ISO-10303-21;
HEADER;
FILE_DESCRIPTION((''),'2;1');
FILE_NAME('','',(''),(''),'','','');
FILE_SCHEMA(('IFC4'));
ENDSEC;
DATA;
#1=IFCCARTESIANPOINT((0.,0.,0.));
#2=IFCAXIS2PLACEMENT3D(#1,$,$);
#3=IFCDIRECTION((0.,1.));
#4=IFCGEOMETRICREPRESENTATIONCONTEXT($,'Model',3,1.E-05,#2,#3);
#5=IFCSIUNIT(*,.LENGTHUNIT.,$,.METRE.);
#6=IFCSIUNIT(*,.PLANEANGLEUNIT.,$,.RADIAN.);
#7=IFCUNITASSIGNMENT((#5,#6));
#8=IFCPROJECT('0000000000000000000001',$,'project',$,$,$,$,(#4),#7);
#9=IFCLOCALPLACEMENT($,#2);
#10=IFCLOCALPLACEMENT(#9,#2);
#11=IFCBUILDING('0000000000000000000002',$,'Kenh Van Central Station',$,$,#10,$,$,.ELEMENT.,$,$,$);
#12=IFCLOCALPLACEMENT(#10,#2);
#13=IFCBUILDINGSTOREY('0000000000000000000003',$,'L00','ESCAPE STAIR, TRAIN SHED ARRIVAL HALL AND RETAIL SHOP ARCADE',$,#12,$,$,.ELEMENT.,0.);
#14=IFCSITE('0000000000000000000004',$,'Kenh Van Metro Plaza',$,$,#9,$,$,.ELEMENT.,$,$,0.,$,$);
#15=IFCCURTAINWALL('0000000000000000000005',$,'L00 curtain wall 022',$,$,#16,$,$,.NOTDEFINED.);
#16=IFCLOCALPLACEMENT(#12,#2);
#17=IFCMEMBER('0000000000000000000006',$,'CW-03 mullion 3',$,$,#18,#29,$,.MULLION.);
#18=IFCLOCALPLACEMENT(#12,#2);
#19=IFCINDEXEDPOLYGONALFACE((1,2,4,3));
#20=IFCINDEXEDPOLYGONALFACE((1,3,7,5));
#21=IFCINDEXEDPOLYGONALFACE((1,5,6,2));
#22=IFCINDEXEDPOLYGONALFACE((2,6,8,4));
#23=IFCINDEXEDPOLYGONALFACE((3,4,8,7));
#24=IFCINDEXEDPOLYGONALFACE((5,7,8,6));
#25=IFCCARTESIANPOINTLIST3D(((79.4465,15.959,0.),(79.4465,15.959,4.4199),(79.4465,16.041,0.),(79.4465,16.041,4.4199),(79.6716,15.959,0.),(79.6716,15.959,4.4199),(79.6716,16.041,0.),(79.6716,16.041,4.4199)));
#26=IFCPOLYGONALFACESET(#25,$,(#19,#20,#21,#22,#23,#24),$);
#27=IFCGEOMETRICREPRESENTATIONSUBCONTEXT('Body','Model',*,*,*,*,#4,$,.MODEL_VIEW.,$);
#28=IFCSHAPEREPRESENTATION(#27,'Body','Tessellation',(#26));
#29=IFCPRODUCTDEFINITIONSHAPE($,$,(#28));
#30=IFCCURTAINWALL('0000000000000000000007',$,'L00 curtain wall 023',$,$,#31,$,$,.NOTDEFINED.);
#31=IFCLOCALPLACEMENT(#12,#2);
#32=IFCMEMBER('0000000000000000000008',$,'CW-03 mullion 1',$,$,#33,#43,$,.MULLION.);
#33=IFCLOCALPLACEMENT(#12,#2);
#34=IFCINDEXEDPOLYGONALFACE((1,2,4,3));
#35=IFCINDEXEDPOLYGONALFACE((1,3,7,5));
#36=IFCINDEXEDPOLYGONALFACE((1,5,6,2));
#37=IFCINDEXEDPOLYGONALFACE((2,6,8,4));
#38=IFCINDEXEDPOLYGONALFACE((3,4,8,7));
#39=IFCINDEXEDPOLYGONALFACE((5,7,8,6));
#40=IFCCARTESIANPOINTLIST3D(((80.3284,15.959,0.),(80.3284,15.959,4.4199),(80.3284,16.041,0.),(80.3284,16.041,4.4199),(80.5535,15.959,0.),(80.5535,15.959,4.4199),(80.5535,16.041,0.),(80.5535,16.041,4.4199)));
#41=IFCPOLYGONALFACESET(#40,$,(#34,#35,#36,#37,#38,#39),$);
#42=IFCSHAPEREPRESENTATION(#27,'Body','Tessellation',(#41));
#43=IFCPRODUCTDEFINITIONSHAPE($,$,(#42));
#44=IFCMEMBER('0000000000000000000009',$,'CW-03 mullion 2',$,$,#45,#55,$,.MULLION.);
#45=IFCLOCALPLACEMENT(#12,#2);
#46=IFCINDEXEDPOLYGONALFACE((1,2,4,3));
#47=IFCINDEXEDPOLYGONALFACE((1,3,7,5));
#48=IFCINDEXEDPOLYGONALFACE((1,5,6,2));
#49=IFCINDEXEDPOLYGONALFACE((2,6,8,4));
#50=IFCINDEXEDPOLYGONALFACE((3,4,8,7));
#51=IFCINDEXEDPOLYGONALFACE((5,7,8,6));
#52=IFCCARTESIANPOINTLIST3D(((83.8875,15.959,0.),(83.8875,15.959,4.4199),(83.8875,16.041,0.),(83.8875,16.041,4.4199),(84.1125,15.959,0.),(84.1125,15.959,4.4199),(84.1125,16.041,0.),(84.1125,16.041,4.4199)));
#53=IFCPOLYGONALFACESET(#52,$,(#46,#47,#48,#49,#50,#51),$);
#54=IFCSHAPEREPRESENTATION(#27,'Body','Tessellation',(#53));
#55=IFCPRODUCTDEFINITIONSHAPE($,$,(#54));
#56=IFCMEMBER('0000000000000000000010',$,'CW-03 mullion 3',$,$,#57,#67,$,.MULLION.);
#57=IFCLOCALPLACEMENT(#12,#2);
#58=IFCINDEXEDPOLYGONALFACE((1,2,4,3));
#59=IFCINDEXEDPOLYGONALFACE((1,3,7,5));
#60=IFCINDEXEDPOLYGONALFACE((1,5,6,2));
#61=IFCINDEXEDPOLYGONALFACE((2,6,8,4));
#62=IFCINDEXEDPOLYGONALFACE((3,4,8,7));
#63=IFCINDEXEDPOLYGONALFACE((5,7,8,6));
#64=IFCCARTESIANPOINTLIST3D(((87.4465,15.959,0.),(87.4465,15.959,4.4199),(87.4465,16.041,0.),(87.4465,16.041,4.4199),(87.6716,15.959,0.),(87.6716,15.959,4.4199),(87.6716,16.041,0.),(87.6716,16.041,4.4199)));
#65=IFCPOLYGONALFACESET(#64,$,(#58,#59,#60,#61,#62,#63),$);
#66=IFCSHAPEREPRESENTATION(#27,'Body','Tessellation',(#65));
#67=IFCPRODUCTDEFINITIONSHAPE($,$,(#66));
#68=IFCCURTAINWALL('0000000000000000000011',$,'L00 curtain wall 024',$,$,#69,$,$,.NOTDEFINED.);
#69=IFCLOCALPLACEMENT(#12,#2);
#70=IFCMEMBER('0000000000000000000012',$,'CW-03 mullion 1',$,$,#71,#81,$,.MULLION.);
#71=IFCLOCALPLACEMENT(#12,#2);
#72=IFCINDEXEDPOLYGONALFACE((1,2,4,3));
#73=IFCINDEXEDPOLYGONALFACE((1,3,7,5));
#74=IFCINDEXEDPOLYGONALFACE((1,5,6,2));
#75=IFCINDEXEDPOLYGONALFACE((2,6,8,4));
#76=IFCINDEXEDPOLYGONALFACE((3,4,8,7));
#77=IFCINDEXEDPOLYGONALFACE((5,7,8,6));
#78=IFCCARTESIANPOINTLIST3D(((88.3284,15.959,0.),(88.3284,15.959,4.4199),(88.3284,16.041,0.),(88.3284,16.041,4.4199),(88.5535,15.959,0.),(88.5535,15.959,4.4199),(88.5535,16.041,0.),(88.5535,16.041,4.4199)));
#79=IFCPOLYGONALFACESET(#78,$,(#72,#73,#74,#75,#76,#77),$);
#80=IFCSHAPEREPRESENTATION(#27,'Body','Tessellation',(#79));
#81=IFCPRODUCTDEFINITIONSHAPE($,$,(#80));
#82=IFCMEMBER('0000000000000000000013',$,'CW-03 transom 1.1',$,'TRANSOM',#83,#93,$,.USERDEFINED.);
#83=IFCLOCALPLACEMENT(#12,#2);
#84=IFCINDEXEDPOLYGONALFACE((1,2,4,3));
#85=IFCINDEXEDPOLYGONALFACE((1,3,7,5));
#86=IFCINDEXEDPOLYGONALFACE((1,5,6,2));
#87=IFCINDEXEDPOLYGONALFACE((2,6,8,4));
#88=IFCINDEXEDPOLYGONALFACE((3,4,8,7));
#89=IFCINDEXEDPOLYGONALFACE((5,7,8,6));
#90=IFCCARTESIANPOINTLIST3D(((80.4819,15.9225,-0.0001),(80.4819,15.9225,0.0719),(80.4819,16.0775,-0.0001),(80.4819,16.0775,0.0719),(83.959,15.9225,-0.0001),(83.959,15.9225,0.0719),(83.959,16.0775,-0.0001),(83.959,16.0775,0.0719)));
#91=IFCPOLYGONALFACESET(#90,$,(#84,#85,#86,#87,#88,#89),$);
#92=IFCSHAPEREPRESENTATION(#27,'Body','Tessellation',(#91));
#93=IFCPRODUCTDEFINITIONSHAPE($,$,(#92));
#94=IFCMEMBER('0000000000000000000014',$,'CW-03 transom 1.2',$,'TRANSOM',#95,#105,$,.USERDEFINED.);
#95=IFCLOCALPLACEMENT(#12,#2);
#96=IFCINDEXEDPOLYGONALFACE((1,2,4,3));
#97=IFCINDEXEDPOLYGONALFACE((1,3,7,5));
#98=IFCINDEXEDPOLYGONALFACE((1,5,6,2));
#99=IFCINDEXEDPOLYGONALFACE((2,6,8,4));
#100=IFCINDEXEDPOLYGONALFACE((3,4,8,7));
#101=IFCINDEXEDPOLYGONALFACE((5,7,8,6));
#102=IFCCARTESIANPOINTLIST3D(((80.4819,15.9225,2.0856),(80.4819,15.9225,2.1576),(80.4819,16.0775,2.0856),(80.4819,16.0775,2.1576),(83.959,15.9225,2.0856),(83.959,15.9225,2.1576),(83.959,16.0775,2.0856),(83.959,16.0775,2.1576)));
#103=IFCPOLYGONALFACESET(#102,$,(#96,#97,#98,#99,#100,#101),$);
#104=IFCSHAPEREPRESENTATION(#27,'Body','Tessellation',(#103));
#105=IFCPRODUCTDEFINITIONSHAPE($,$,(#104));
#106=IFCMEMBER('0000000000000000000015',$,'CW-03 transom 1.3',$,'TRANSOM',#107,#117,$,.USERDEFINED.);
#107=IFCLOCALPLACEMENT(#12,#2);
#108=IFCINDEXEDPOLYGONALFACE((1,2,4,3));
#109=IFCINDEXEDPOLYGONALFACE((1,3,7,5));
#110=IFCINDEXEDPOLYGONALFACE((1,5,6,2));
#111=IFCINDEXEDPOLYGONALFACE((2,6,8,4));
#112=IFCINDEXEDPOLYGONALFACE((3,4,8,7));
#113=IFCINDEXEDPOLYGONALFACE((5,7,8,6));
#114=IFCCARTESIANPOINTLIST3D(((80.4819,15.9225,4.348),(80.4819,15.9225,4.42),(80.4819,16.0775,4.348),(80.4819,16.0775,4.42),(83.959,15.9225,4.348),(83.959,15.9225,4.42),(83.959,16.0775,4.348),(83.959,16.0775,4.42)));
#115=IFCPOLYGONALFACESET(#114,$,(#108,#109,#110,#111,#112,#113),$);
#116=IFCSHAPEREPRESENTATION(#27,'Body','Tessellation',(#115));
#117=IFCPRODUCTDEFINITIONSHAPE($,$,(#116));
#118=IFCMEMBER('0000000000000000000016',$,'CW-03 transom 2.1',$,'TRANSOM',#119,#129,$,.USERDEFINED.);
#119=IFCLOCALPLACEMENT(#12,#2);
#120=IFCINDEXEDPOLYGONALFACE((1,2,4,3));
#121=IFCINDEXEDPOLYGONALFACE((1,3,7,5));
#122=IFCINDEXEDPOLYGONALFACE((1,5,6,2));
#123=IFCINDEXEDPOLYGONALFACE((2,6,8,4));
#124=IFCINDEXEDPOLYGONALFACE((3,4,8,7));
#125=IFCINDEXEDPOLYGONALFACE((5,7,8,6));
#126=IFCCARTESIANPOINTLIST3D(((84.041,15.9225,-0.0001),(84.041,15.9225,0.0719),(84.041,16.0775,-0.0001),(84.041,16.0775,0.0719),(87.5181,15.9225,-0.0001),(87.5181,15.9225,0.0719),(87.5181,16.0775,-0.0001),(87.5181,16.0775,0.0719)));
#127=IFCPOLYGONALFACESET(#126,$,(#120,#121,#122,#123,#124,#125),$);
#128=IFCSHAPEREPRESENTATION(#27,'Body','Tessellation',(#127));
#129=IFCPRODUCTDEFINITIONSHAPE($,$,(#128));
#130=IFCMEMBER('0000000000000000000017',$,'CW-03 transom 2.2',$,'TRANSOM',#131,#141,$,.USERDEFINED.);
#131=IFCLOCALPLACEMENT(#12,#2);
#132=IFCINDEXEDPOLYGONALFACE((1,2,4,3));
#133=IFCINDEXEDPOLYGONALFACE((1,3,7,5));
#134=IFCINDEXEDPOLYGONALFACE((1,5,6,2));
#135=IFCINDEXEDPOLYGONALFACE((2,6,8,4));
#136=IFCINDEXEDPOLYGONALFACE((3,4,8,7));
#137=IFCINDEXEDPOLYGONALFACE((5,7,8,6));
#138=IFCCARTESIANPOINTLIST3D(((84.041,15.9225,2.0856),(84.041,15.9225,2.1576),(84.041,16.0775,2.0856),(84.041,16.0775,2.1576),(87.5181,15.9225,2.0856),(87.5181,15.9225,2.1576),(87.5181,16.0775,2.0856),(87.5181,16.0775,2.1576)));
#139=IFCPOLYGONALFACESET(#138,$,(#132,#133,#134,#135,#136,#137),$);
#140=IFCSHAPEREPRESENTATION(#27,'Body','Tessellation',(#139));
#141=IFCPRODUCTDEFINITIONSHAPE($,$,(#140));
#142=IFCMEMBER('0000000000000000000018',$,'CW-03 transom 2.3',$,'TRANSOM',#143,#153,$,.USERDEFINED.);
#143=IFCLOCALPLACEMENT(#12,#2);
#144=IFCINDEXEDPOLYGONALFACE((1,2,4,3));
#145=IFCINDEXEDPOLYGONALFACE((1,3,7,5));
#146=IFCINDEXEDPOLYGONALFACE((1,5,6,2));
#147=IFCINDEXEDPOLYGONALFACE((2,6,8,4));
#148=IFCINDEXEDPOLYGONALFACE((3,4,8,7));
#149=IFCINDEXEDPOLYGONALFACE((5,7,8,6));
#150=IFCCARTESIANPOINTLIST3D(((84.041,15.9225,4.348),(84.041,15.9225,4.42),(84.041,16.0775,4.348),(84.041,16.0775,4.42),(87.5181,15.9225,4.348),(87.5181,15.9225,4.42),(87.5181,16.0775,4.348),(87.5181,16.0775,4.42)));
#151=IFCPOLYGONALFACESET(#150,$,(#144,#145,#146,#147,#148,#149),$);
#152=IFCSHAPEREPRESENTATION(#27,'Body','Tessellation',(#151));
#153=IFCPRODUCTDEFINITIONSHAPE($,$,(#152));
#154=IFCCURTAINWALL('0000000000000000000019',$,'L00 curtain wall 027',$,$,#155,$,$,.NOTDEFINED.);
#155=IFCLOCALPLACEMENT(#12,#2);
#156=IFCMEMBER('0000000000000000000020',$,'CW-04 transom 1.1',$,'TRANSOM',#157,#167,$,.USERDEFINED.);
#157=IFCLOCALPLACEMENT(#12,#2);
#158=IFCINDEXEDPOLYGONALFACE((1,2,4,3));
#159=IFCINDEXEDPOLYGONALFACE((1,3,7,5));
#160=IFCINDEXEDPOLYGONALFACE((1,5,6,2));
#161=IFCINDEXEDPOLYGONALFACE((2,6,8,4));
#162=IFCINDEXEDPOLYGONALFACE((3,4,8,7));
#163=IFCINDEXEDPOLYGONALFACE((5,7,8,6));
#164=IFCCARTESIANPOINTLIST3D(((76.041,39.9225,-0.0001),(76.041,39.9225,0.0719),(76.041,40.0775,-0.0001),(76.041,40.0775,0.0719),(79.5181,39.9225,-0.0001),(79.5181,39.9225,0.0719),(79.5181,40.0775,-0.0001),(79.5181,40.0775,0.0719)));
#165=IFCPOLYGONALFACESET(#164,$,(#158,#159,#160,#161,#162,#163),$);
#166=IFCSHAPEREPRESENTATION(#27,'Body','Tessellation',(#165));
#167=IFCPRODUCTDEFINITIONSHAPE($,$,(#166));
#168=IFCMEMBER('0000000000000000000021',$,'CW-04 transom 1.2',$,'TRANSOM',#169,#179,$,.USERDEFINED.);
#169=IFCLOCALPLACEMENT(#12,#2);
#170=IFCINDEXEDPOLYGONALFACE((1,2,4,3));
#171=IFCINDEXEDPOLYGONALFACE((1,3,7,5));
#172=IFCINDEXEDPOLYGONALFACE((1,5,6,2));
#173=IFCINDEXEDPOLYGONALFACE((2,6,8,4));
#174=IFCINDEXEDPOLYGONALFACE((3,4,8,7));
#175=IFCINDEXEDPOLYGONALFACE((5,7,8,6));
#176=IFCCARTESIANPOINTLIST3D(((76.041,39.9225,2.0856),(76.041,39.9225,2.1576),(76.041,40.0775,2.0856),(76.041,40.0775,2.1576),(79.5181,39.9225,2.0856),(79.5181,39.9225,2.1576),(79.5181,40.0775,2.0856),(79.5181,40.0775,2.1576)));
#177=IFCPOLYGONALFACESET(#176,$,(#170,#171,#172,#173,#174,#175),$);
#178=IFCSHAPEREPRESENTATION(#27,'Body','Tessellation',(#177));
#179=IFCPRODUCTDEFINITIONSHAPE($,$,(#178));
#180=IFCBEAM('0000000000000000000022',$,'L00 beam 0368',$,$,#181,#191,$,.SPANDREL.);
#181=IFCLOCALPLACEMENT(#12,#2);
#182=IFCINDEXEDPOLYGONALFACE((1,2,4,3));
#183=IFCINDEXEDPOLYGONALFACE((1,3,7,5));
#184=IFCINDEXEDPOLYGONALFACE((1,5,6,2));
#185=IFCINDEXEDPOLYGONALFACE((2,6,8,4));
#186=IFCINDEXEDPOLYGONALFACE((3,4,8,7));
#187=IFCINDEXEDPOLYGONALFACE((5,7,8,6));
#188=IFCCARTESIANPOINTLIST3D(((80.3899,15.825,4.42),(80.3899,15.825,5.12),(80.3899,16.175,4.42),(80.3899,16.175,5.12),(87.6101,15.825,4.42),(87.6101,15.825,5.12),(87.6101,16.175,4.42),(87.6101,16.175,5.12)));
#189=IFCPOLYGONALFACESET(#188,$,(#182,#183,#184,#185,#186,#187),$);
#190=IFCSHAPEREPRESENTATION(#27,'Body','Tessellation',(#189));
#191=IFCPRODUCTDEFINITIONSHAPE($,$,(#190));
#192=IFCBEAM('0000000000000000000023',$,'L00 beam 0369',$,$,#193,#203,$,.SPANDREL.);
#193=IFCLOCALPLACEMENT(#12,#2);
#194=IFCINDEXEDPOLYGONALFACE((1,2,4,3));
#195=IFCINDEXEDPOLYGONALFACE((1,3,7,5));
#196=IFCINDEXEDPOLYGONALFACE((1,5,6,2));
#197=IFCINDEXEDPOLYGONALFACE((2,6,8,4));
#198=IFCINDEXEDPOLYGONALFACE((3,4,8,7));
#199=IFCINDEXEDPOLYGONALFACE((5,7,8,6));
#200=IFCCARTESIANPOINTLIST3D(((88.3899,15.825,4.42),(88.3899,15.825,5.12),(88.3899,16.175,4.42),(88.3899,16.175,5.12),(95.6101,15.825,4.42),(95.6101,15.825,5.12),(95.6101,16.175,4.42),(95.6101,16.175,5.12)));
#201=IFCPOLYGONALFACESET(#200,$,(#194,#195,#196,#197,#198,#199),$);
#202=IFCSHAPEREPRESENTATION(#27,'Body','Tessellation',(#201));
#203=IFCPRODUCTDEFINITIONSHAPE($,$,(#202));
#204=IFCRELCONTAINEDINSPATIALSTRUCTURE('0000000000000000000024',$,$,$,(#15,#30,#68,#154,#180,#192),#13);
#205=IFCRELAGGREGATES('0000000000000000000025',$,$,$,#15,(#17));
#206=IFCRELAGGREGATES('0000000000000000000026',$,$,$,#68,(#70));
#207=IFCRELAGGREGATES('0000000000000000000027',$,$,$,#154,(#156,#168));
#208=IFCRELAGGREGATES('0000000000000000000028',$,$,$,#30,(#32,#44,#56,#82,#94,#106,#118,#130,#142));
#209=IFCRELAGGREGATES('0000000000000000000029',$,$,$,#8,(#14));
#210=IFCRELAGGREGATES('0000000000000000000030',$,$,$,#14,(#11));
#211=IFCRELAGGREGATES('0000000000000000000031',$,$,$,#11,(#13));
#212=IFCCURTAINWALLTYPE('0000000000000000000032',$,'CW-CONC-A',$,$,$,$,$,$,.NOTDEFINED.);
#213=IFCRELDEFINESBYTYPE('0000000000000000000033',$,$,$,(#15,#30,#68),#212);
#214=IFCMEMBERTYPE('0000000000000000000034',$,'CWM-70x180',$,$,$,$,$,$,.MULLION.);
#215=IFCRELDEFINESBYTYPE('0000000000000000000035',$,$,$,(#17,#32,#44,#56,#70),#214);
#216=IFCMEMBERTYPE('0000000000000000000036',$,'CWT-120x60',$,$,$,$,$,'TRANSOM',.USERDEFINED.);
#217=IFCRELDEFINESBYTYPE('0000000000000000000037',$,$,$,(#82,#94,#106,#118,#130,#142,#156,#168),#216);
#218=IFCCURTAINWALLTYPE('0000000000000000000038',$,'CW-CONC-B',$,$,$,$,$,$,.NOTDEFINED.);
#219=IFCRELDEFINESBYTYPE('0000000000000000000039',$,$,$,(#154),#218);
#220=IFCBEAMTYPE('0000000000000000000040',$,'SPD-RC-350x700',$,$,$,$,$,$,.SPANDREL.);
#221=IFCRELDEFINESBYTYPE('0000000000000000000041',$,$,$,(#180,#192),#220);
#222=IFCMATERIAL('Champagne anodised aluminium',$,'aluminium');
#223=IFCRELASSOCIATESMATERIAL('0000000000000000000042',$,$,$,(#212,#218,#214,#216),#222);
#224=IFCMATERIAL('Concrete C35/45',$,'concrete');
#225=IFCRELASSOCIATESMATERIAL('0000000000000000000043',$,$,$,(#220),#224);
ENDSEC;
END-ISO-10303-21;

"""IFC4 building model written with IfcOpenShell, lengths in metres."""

from ifc_helpers import new_model, si_unit, direction, frame, origin, origin_2d, place, context, subcontext, project, spatial, rectangle, extrude, material, material_profile, profile_set, type_object, element, aggregate, save


model = new_model("IFC4")

# Units and contexts
model_context = context("Model", 3, precision=1e-05, world=origin(), true_north=direction((0.0, 1.0)))
body_context = subcontext(model_context, "Body", "Model", "MODEL_VIEW")
ifc_project = project(units=[si_unit("LENGTHUNIT", "METRE"), si_unit("PLANEANGLEUNIT", "RADIAN")], contexts=[model_context])

# Site, building, storey
site_placement = place(None, origin())
site = spatial("IfcSite", under=ifc_project, at=site_placement, Name="Kenh Van Metro Plaza", CompositionType="ELEMENT", RefElevation=0.0)
building_placement = place(site_placement, origin())
building = spatial("IfcBuilding", under=site, at=building_placement, Name="Kenh Van Central Station", CompositionType="ELEMENT")
storey_placement = place(building_placement, origin())
storey = spatial("IfcBuildingStorey", under=building, at=storey_placement, Name="L00", Description="ESCAPE STAIR, TRAIN SHED ARRIVAL HALL AND RETAIL SHOP ARCADE", CompositionType="ELEMENT", Elevation=0.0)

# Curtain wall, member
ifc_material_1 = material(Name="Champagne anodised aluminium", Category="aluminium")
curtain_wall_type_1 = type_object("IfcCurtainWallType", Name="CW-CONC-A", PredefinedType="NOTDEFINED", material=ifc_material_1)
curtain_wall_1_placement = place(storey_placement, origin())
curtain_wall_1 = element("IfcCurtainWall", 1, at=curtain_wall_1_placement, inside=storey, type_object=curtain_wall_type_1, Name="L00 curtain wall 022", PredefinedType="NOTDEFINED")
ifc_material_profile_1 = material_profile(ifc_material_1, rectangle(XDim=0.082, YDim=0.2251, at=origin_2d()), Name="AL 82x225")
ifc_profile_set_1 = profile_set([ifc_material_profile_1], Name="Champagne anodised aluminium")
member_type_1 = type_object("IfcMemberType", Name="CWM-70x180", PredefinedType="MULLION", material=ifc_profile_set_1)
member_1_placement = place(storey_placement, frame((79.5591, 16.0, 0.0), z_axis=(0.0, 0.0, 1.0), x_axis=(0.0, 1.0, 0.0)))
member_1 = element("IfcMember", 2, at=member_1_placement, type_object=member_type_1, Name="CW-03 mullion 3", PredefinedType="MULLION", context=body_context, shape_type="SweptSolid", body=[
    extrude(rectangle(XDim=0.082, YDim=0.2251, at=origin_2d()), origin(), (0.0, 0.0, 1.0), 4.4199),
])
aggregate(curtain_wall_1, [member_1])

# Curtain wall, members
curtain_wall_2_placement = place(storey_placement, origin())
curtain_wall_2 = element("IfcCurtainWall", 3, at=curtain_wall_2_placement, inside=storey, type_object=curtain_wall_type_1, Name="L00 curtain wall 023", PredefinedType="NOTDEFINED")
member_2_placement = place(storey_placement, frame((80.4409, 16.0, 0.0), z_axis=(0.0, 0.0, 1.0), x_axis=(0.0, 1.0, 0.0)))
member_2 = element("IfcMember", 4, at=member_2_placement, type_object=member_type_1, Name="CW-03 mullion 1", PredefinedType="MULLION", context=body_context, shape_type="SweptSolid", body=[
    extrude(rectangle(XDim=0.082, YDim=0.2251, at=origin_2d()), origin(), (0.0, 0.0, 1.0), 4.4199),
])
member_3_placement = place(storey_placement, frame((84.0, 16.0, 0.0), z_axis=(0.0, 0.0, 1.0), x_axis=(0.0, 1.0, 0.0)))
member_3 = element("IfcMember", 5, at=member_3_placement, type_object=member_type_1, Name="CW-03 mullion 2", PredefinedType="MULLION", context=body_context, shape_type="SweptSolid", body=[
    extrude(rectangle(XDim=0.082, YDim=0.2251, at=origin_2d()), origin(), (0.0, 0.0, 1.0), 4.4199),
])
member_4_placement = place(storey_placement, frame((87.5591, 16.0, 0.0), z_axis=(0.0, 0.0, 1.0), x_axis=(0.0, 1.0, 0.0)))
member_4 = element("IfcMember", 6, at=member_4_placement, type_object=member_type_1, Name="CW-03 mullion 3", PredefinedType="MULLION", context=body_context, shape_type="SweptSolid", body=[
    extrude(rectangle(XDim=0.082, YDim=0.2251, at=origin_2d()), origin(), (0.0, 0.0, 1.0), 4.4199),
])

# Curtain wall, member
curtain_wall_3_placement = place(storey_placement, origin())
curtain_wall_3 = element("IfcCurtainWall", 7, at=curtain_wall_3_placement, inside=storey, type_object=curtain_wall_type_1, Name="L00 curtain wall 024", PredefinedType="NOTDEFINED")
member_5_placement = place(storey_placement, frame((88.4409, 16.0, 0.0), z_axis=(0.0, 0.0, 1.0), x_axis=(0.0, 1.0, 0.0)))
member_5 = element("IfcMember", 8, at=member_5_placement, type_object=member_type_1, Name="CW-03 mullion 1", PredefinedType="MULLION", context=body_context, shape_type="SweptSolid", body=[
    extrude(rectangle(XDim=0.082, YDim=0.2251, at=origin_2d()), origin(), (0.0, 0.0, 1.0), 4.4199),
])
aggregate(curtain_wall_3, [member_5])

# Members
ifc_material_profile_2 = material_profile(ifc_material_1, rectangle(XDim=0.155, YDim=0.072, at=origin_2d()), Name="AL 155x72")
ifc_profile_set_2 = profile_set([ifc_material_profile_2], Name="Champagne anodised aluminium")
member_type_2 = type_object("IfcMemberType", Name="CWT-120x60", ElementType="TRANSOM", PredefinedType="USERDEFINED", material=ifc_profile_set_2)
member_6_placement = place(storey_placement, frame((80.4819, 16.0, 0.0359), z_axis=(1.0, 0.0, 0.0), x_axis=(0.0, 1.0, 0.0)))
member_6 = element("IfcMember", 9, at=member_6_placement, type_object=member_type_2, Name="CW-03 transom 1.1", ObjectType="TRANSOM", PredefinedType="USERDEFINED", context=body_context, shape_type="SweptSolid", body=[
    extrude(rectangle(XDim=0.155, YDim=0.072, at=origin_2d()), origin(), (0.0, 0.0, 1.0), 3.4771),
])
member_7_placement = place(storey_placement, frame((80.4819, 16.0, 2.1216), z_axis=(1.0, 0.0, 0.0), x_axis=(0.0, 1.0, 0.0)))
member_7 = element("IfcMember", 10, at=member_7_placement, type_object=member_type_2, Name="CW-03 transom 1.2", ObjectType="TRANSOM", PredefinedType="USERDEFINED", context=body_context, shape_type="SweptSolid", body=[
    extrude(rectangle(XDim=0.155, YDim=0.072, at=origin_2d()), origin(), (0.0, 0.0, 1.0), 3.4771),
])
member_8_placement = place(storey_placement, frame((80.4819, 16.0, 4.384), z_axis=(1.0, 0.0, 0.0), x_axis=(0.0, 1.0, 0.0)))
member_8 = element("IfcMember", 11, at=member_8_placement, type_object=member_type_2, Name="CW-03 transom 1.3", ObjectType="TRANSOM", PredefinedType="USERDEFINED", context=body_context, shape_type="SweptSolid", body=[
    extrude(rectangle(XDim=0.155, YDim=0.072, at=origin_2d()), origin(), (0.0, 0.0, 1.0), 3.4771),
])
member_9_placement = place(storey_placement, frame((84.041, 16.0, 0.0359), z_axis=(1.0, 0.0, 0.0), x_axis=(0.0, 1.0, 0.0)))
member_9 = element("IfcMember", 12, at=member_9_placement, type_object=member_type_2, Name="CW-03 transom 2.1", ObjectType="TRANSOM", PredefinedType="USERDEFINED", context=body_context, shape_type="SweptSolid", body=[
    extrude(rectangle(XDim=0.155, YDim=0.072, at=origin_2d()), origin(), (0.0, 0.0, 1.0), 3.4771),
])
member_10_placement = place(storey_placement, frame((84.041, 16.0, 2.1216), z_axis=(1.0, 0.0, 0.0), x_axis=(0.0, 1.0, 0.0)))
member_10 = element("IfcMember", 13, at=member_10_placement, type_object=member_type_2, Name="CW-03 transom 2.2", ObjectType="TRANSOM", PredefinedType="USERDEFINED", context=body_context, shape_type="SweptSolid", body=[
    extrude(rectangle(XDim=0.155, YDim=0.072, at=origin_2d()), origin(), (0.0, 0.0, 1.0), 3.4771),
])
member_11_placement = place(storey_placement, frame((84.041, 16.0, 4.384), z_axis=(1.0, 0.0, 0.0), x_axis=(0.0, 1.0, 0.0)))
member_11 = element("IfcMember", 14, at=member_11_placement, type_object=member_type_2, Name="CW-03 transom 2.3", ObjectType="TRANSOM", PredefinedType="USERDEFINED", context=body_context, shape_type="SweptSolid", body=[
    extrude(rectangle(XDim=0.155, YDim=0.072, at=origin_2d()), origin(), (0.0, 0.0, 1.0), 3.4771),
])

# Curtain wall, members
curtain_wall_type_2 = type_object("IfcCurtainWallType", Name="CW-CONC-B", PredefinedType="NOTDEFINED", material=ifc_material_1)
curtain_wall_4_placement = place(storey_placement, origin())
curtain_wall_4 = element("IfcCurtainWall", 15, at=curtain_wall_4_placement, inside=storey, type_object=curtain_wall_type_2, Name="L00 curtain wall 027", PredefinedType="NOTDEFINED")
member_12_placement = place(storey_placement, frame((79.5181, 40.0, 0.0359), z_axis=(-1.0, 0.0, 0.0), x_axis=(0.0, -1.0, 0.0)))
member_12 = element("IfcMember", 16, at=member_12_placement, type_object=member_type_2, Name="CW-04 transom 1.1", ObjectType="TRANSOM", PredefinedType="USERDEFINED", context=body_context, shape_type="SweptSolid", body=[
    extrude(rectangle(XDim=0.155, YDim=0.072, at=origin_2d()), origin(), (0.0, 0.0, 1.0), 3.4771),
])
member_13_placement = place(storey_placement, frame((79.5181, 40.0, 2.1216), z_axis=(-1.0, 0.0, 0.0), x_axis=(0.0, -1.0, 0.0)))
member_13 = element("IfcMember", 17, at=member_13_placement, type_object=member_type_2, Name="CW-04 transom 1.2", ObjectType="TRANSOM", PredefinedType="USERDEFINED", context=body_context, shape_type="SweptSolid", body=[
    extrude(rectangle(XDim=0.155, YDim=0.072, at=origin_2d()), origin(), (0.0, 0.0, 1.0), 3.4771),
])

# Beams
ifc_material_2 = material(Name="Concrete C35/45", Category="concrete")
ifc_material_profile_3 = material_profile(ifc_material_2, rectangle(XDim=0.3501, YDim=0.7, at=origin_2d()), Name="RC 350x700")
ifc_profile_set_3 = profile_set([ifc_material_profile_3], Name="Concrete C35/45")
beam_type = type_object("IfcBeamType", Name="SPD-RC-350x700", PredefinedType="SPANDREL", material=ifc_profile_set_3)
for number, where, z_axis, x_axis, name in (
    (18, (80.3899, 16.0, 4.77), (1.0, 0.0, 0.0), (0.0, 1.0, 0.0), "L00 beam 0368"),
    (19, (88.3899, 16.0, 4.77), (1.0, 0.0, 0.0), (0.0, 1.0, 0.0), "L00 beam 0369"),
):
    element("IfcBeam", number, at=place(storey_placement, frame(where, z_axis=z_axis, x_axis=x_axis)), inside=storey, type_object=beam_type, Name=name, PredefinedType="SPANDREL", context=body_context, shape_type="SweptSolid", body=[
        extrude(rectangle(XDim=0.3501, YDim=0.7, at=origin_2d()), origin(), (0.0, 0.0, 1.0), 7.2202),
    ])

aggregate(curtain_wall_4, [member_12, member_13])
aggregate(curtain_wall_2, [member_2, member_3, member_4, member_6, member_7, member_8, member_9, member_10, member_11])

save(model, "model.ifc")
